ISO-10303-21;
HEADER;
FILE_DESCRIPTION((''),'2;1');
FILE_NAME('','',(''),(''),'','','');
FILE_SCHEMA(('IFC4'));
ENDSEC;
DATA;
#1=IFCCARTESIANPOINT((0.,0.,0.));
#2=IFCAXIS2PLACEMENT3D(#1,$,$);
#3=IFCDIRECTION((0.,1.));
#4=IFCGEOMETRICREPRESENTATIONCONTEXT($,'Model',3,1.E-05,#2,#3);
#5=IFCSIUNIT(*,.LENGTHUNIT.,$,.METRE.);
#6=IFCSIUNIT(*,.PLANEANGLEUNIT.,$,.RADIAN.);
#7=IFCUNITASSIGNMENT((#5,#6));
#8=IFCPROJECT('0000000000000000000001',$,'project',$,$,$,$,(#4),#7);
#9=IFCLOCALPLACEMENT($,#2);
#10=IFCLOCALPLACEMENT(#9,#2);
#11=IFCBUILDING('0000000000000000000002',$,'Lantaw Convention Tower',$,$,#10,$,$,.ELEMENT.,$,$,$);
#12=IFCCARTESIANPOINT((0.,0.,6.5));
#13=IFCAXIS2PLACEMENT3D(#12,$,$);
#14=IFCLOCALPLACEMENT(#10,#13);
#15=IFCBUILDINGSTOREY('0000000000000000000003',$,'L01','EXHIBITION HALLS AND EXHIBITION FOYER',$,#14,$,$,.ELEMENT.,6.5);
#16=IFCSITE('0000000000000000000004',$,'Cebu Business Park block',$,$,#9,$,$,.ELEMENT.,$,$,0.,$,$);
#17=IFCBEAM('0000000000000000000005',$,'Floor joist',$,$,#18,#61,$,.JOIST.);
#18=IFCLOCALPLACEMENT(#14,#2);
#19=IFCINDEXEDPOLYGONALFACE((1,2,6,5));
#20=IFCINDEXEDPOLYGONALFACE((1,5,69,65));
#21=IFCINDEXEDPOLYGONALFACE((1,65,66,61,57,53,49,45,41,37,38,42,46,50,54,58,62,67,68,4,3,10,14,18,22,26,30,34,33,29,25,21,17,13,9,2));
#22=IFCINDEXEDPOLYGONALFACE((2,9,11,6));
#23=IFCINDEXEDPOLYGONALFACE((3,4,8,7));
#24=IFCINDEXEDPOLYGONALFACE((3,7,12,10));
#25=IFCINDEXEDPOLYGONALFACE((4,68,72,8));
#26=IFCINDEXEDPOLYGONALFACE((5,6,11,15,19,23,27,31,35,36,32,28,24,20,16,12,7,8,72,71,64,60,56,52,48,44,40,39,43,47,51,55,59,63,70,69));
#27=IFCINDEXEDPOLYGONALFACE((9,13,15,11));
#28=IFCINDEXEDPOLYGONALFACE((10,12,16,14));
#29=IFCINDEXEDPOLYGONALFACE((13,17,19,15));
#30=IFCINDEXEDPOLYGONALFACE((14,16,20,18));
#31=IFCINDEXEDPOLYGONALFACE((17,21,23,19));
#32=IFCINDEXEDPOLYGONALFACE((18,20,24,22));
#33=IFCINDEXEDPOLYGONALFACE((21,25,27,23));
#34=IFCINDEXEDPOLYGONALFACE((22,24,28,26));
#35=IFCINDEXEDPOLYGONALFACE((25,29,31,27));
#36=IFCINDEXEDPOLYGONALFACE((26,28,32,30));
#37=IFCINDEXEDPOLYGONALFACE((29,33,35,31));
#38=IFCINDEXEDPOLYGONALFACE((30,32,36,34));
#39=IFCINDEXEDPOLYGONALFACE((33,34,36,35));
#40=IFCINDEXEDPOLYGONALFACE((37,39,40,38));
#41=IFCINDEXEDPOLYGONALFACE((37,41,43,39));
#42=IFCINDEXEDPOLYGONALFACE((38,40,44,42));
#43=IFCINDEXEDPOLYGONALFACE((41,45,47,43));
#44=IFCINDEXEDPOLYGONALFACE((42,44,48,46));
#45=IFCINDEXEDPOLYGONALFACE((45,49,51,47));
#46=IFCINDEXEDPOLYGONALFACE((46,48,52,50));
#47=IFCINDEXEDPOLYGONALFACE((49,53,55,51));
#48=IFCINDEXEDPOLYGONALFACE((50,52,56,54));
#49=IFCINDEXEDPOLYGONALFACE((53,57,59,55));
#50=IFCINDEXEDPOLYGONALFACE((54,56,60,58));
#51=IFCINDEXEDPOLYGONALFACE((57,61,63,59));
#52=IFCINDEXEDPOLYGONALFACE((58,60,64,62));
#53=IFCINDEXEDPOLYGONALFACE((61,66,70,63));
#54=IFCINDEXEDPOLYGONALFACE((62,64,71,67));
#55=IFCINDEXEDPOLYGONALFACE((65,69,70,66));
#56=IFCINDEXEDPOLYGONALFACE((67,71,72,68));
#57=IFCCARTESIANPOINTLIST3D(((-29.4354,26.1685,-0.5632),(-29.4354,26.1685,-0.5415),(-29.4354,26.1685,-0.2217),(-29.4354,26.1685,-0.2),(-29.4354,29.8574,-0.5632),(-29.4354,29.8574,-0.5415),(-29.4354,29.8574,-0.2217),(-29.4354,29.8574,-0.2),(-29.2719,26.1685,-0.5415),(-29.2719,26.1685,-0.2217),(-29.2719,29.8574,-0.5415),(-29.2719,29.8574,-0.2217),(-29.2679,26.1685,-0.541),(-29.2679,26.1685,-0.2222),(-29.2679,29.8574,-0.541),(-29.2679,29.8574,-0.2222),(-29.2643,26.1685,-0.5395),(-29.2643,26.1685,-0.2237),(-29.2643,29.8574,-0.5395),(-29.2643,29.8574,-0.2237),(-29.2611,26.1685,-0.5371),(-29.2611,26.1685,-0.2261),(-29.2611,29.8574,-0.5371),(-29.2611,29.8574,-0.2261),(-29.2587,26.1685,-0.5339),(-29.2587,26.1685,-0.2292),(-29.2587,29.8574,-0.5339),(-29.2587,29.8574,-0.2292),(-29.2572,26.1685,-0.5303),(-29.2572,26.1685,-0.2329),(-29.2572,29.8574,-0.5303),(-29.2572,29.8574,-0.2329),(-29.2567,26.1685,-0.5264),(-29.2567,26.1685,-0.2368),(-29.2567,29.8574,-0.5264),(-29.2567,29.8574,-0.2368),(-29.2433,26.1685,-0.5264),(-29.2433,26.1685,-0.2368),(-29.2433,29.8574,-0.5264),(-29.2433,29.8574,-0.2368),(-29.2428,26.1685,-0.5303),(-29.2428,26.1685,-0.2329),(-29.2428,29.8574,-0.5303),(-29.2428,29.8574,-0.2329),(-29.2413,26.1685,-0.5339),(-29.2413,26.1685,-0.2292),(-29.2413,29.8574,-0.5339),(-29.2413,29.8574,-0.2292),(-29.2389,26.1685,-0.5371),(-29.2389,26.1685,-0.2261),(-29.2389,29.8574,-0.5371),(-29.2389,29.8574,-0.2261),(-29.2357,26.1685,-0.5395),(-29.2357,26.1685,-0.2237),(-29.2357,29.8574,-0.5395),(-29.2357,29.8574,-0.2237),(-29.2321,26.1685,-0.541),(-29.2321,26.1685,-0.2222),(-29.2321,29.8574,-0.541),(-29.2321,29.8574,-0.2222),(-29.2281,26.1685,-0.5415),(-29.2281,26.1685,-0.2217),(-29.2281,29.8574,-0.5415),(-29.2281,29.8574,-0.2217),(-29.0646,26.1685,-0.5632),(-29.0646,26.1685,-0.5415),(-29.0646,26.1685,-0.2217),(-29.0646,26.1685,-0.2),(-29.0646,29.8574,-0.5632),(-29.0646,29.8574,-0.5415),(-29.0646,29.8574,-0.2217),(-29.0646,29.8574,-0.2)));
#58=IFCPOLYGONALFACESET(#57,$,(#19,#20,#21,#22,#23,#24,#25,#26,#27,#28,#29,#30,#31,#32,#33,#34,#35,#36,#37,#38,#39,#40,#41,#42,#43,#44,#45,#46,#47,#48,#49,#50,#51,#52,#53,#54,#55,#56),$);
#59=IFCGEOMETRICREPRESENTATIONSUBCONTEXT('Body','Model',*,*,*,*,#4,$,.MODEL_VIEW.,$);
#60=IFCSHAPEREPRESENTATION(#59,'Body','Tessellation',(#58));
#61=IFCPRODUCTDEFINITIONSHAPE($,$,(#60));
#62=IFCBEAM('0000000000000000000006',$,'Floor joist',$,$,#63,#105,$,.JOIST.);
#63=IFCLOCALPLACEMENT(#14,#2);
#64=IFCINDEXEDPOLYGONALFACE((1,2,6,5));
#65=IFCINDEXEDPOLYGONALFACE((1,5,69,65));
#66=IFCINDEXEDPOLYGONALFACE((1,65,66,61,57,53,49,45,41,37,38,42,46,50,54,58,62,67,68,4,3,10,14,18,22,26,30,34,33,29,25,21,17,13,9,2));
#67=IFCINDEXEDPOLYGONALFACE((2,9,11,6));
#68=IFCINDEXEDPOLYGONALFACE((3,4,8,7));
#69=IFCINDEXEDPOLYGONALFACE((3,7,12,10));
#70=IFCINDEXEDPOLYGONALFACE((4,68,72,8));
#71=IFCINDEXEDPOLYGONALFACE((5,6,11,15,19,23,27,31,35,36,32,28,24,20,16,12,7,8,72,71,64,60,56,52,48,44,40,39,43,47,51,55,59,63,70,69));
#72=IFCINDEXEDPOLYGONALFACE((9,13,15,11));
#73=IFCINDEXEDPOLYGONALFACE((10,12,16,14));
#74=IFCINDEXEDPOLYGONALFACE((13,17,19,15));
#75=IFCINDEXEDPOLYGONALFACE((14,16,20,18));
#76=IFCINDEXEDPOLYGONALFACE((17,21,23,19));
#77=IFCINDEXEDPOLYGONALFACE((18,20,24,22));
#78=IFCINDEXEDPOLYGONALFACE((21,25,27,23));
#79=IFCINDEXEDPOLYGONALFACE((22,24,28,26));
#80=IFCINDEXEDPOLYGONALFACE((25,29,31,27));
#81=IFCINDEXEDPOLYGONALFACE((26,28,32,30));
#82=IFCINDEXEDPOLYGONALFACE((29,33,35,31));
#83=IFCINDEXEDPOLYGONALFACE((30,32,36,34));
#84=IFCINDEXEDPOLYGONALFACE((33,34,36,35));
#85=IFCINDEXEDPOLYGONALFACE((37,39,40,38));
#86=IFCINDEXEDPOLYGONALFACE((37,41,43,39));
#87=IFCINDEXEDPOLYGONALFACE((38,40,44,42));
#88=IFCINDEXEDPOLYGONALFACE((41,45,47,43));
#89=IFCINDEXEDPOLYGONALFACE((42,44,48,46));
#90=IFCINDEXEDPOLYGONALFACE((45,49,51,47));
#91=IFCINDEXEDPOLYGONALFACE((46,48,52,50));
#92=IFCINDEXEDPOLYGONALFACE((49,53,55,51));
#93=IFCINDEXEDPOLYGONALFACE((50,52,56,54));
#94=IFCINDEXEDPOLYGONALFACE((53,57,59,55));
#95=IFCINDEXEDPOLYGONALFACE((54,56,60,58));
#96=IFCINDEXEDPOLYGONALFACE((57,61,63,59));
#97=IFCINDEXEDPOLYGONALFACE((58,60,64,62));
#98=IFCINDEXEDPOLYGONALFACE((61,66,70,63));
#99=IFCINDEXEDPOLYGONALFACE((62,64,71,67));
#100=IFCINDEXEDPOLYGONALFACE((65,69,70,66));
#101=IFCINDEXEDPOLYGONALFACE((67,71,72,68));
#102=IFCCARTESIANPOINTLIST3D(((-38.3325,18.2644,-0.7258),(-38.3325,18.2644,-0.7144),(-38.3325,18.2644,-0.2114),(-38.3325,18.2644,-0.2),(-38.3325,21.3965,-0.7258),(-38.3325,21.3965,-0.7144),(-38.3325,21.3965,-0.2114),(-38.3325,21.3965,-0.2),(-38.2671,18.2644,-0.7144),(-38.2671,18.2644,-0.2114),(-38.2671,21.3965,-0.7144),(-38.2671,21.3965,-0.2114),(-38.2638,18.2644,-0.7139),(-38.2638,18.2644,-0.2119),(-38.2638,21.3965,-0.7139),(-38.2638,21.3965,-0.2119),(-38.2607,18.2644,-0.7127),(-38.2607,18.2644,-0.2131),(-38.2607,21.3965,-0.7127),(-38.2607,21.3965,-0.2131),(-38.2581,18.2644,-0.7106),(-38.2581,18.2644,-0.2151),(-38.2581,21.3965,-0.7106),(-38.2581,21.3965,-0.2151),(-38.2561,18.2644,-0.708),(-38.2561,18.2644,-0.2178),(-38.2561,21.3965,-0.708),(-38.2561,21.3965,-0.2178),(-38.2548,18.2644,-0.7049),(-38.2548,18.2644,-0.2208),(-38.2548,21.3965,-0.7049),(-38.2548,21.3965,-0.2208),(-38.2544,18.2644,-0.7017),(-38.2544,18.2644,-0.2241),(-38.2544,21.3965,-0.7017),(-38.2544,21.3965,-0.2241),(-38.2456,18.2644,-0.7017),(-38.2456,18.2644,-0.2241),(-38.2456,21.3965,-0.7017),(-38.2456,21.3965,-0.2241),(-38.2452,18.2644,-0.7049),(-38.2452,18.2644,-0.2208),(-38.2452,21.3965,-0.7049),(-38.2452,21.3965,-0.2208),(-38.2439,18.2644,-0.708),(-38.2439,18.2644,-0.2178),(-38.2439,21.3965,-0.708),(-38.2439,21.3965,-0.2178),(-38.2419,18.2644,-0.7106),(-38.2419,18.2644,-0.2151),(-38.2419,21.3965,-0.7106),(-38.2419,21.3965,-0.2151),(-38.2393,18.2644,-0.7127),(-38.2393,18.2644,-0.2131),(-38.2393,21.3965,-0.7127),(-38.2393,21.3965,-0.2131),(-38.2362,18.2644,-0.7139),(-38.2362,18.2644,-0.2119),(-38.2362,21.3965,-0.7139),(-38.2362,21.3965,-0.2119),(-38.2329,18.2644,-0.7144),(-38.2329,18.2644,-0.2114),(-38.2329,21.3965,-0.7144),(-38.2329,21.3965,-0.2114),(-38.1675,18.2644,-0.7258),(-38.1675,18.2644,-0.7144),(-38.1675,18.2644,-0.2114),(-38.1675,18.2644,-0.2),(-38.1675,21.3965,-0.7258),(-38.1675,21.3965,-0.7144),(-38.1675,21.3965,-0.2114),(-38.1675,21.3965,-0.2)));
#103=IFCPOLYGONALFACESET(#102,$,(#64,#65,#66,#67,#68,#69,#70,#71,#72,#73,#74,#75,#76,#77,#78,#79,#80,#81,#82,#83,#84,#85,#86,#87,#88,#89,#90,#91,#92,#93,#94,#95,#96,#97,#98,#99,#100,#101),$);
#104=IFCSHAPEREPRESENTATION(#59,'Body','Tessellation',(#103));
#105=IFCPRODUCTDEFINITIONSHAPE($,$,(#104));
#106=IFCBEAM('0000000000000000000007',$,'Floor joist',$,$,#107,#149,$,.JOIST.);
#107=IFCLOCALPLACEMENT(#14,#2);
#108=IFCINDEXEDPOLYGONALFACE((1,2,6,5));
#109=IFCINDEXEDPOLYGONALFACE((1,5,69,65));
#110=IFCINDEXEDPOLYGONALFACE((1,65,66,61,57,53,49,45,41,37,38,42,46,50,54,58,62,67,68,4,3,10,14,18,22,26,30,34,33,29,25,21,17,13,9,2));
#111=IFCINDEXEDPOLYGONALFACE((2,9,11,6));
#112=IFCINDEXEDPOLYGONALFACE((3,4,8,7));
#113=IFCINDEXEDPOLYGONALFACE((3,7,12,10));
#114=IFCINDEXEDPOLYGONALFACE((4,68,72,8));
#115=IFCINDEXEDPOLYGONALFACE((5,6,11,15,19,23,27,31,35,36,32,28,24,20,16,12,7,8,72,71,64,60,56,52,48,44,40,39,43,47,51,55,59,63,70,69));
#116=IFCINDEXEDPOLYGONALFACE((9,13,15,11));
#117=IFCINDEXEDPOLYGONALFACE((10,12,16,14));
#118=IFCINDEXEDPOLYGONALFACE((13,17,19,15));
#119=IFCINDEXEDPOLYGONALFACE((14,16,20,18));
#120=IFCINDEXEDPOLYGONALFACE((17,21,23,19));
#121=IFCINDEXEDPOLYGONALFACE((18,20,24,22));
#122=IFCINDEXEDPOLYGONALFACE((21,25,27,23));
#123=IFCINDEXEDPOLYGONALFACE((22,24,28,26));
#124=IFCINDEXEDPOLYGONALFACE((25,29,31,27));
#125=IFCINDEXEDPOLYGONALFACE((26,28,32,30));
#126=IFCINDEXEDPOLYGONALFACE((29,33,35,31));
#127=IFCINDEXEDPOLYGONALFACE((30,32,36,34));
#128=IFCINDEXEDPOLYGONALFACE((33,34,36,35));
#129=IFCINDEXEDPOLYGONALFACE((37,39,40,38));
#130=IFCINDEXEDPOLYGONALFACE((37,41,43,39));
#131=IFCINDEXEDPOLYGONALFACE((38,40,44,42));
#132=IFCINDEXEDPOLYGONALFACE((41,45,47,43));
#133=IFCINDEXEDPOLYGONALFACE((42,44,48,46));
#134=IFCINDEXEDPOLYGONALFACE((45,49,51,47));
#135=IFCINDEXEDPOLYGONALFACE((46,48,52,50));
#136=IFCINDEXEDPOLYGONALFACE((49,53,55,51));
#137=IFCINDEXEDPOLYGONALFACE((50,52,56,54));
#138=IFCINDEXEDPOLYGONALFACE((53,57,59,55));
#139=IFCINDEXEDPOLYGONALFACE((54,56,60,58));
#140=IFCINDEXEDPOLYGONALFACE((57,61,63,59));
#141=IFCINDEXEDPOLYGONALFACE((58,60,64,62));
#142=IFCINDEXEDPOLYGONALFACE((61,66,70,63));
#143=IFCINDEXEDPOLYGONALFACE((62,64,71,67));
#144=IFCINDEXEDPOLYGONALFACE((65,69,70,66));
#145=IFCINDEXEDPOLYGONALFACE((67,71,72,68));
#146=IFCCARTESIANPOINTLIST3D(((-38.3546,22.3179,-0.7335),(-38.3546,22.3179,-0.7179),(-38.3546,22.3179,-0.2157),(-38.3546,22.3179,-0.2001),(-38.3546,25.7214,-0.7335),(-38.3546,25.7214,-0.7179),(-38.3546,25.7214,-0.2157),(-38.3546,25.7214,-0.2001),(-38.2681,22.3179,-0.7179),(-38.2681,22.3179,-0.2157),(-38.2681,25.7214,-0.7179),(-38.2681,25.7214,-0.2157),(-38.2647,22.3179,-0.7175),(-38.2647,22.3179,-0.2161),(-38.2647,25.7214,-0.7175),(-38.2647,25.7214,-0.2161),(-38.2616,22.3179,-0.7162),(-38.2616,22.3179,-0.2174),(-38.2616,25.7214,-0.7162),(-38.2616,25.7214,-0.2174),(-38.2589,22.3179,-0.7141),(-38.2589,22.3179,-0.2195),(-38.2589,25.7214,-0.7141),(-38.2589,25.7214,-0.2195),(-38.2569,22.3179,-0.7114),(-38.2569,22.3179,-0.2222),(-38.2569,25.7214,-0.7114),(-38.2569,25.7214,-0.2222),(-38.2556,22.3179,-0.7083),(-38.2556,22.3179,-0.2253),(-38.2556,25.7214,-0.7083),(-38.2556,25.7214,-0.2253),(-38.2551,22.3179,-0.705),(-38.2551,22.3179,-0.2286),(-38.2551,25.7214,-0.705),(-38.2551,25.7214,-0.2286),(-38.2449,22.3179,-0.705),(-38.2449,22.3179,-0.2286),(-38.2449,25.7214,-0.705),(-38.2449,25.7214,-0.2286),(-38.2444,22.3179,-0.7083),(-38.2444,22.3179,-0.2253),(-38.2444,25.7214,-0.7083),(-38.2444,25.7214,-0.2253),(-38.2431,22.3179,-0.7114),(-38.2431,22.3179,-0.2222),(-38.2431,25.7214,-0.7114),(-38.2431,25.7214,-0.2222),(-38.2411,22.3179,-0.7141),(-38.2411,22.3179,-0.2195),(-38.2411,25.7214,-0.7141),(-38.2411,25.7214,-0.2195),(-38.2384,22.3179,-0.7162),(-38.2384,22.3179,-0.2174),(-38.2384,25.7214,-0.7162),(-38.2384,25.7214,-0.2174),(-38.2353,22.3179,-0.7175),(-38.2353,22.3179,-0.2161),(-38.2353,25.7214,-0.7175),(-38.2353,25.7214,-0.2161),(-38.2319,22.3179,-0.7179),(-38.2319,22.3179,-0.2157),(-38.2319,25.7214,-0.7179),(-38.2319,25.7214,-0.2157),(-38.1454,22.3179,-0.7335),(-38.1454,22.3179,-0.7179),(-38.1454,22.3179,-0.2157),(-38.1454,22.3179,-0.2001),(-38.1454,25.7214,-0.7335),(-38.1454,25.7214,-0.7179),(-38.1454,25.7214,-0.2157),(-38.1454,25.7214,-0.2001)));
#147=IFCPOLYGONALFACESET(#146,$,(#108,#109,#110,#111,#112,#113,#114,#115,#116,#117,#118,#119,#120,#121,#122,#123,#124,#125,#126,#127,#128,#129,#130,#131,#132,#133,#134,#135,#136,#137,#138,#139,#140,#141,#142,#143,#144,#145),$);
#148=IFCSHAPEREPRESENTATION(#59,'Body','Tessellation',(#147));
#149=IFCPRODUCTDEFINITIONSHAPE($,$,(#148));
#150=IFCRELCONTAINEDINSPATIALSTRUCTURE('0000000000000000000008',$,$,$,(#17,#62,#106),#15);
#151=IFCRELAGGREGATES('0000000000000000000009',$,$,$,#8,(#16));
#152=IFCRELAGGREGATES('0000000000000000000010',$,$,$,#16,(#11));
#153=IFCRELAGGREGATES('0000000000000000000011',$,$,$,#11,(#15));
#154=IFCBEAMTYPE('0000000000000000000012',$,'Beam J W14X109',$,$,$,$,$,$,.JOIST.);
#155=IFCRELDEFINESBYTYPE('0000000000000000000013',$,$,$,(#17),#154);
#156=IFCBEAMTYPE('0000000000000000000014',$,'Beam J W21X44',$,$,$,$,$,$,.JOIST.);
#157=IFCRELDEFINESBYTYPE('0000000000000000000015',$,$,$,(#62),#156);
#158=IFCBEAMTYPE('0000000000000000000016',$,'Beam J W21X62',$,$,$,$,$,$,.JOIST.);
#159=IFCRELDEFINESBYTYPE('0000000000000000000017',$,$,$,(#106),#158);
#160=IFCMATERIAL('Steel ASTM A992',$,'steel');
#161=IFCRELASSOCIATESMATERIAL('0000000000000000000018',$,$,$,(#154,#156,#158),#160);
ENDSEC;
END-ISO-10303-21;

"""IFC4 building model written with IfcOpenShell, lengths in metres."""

from ifc_helpers import new_model, si_unit, direction, frame, origin, origin_2d, place, context, subcontext, project, spatial, i_section, extrude, material, material_profile, profile_set, type_object, element, save


model = new_model("IFC4")

# Units and contexts
model_context = context("Model", 3, precision=1e-05, world=origin(), true_north=direction((0.0, 1.0)))
body_context = subcontext(model_context, "Body", "Model", "MODEL_VIEW")
ifc_project = project(units=[si_unit("LENGTHUNIT", "METRE"), si_unit("PLANEANGLEUNIT", "RADIAN")], contexts=[model_context])

# Site, building, storey
site_placement = place(None, origin())
site = spatial("IfcSite", under=ifc_project, at=site_placement, Name="Cebu Business Park block", CompositionType="ELEMENT", RefElevation=0.0)
building_placement = place(site_placement, origin())
building = spatial("IfcBuilding", under=site, at=building_placement, Name="Lantaw Convention Tower", CompositionType="ELEMENT")
storey_placement = place(building_placement, frame((0.0, 0.0, 6.5)))
storey = spatial("IfcBuildingStorey", under=building, at=storey_placement, Name="L01", Description="EXHIBITION HALLS AND EXHIBITION FOYER", CompositionType="ELEMENT", Elevation=6.5)

# Beams
ifc_material_1 = material(Name="Steel ASTM A992", Category="steel")
ifc_material_profile_1 = material_profile(ifc_material_1, i_section(OverallWidth=0.3708, OverallDepth=0.3633, WebThickness=0.0134, FlangeThickness=0.0217, FilletRadius=0.0151, at=origin_2d()), Name="W14X109")
ifc_profile_set_1 = profile_set([ifc_material_profile_1], Name="Steel ASTM A992")
beam_type_1 = type_object("IfcBeamType", Name="Beam J W14X109", PredefinedType="JOIST", material=ifc_profile_set_1)
beam_1_placement = place(storey_placement, frame((-29.25, 26.1685, -0.3816), z_axis=(0.0, 1.0, 0.0), x_axis=(-1.0, 0.0, 0.0)))
element("IfcBeam", 1, at=beam_1_placement, inside=storey, type_object=beam_type_1, Name="Floor joist", PredefinedType="JOIST", context=body_context, shape_type="SweptSolid", body=[
    extrude(i_section(OverallWidth=0.3708, OverallDepth=0.3633, WebThickness=0.0134, FlangeThickness=0.0217, FilletRadius=0.0151, at=origin_2d()), origin(), (0.0, 0.0, 1.0), 3.689),
])
ifc_material_profile_2 = material_profile(ifc_material_1, i_section(OverallWidth=0.165, OverallDepth=0.5259, WebThickness=0.0088, FlangeThickness=0.0115, FilletRadius=0.0127, at=origin_2d()), Name="W21X44")
ifc_profile_set_2 = profile_set([ifc_material_profile_2], Name="Steel ASTM A992")
beam_type_2 = type_object("IfcBeamType", Name="Beam J W21X44", PredefinedType="JOIST", material=ifc_profile_set_2)
beam_2_placement = place(storey_placement, frame((-38.25, 18.2644, -0.4629), z_axis=(0.0, 1.0, 0.0), x_axis=(-1.0, 0.0, 0.0)))
element("IfcBeam", 2, at=beam_2_placement, inside=storey, type_object=beam_type_2, Name="Floor joist", PredefinedType="JOIST", context=body_context, shape_type="SweptSolid", body=[
    extrude(i_section(OverallWidth=0.165, OverallDepth=0.5259, WebThickness=0.0088, FlangeThickness=0.0115, FilletRadius=0.0127, at=origin_2d()), origin(), (0.0, 0.0, 1.0), 3.1321),
])
ifc_material_profile_3 = material_profile(ifc_material_1, i_section(OverallWidth=0.2092, OverallDepth=0.5334, WebThickness=0.0103, FlangeThickness=0.0156, FilletRadius=0.0129, at=origin_2d()), Name="W21X62")
ifc_profile_set_3 = profile_set([ifc_material_profile_3], Name="Steel ASTM A992")
beam_type_3 = type_object("IfcBeamType", Name="Beam J W21X62", PredefinedType="JOIST", material=ifc_profile_set_3)
beam_3_placement = place(storey_placement, frame((-38.25, 22.3179, -0.4668), z_axis=(0.0, 1.0, 0.0), x_axis=(-1.0, 0.0, 0.0)))
element("IfcBeam", 3, at=beam_3_placement, inside=storey, type_object=beam_type_3, Name="Floor joist", PredefinedType="JOIST", context=body_context, shape_type="SweptSolid", body=[
    extrude(i_section(OverallWidth=0.2092, OverallDepth=0.5334, WebThickness=0.0103, FlangeThickness=0.0156, FilletRadius=0.0129, at=origin_2d()), origin(), (0.0, 0.0, 1.0), 3.4036),
])

save(model, "model.ifc")
